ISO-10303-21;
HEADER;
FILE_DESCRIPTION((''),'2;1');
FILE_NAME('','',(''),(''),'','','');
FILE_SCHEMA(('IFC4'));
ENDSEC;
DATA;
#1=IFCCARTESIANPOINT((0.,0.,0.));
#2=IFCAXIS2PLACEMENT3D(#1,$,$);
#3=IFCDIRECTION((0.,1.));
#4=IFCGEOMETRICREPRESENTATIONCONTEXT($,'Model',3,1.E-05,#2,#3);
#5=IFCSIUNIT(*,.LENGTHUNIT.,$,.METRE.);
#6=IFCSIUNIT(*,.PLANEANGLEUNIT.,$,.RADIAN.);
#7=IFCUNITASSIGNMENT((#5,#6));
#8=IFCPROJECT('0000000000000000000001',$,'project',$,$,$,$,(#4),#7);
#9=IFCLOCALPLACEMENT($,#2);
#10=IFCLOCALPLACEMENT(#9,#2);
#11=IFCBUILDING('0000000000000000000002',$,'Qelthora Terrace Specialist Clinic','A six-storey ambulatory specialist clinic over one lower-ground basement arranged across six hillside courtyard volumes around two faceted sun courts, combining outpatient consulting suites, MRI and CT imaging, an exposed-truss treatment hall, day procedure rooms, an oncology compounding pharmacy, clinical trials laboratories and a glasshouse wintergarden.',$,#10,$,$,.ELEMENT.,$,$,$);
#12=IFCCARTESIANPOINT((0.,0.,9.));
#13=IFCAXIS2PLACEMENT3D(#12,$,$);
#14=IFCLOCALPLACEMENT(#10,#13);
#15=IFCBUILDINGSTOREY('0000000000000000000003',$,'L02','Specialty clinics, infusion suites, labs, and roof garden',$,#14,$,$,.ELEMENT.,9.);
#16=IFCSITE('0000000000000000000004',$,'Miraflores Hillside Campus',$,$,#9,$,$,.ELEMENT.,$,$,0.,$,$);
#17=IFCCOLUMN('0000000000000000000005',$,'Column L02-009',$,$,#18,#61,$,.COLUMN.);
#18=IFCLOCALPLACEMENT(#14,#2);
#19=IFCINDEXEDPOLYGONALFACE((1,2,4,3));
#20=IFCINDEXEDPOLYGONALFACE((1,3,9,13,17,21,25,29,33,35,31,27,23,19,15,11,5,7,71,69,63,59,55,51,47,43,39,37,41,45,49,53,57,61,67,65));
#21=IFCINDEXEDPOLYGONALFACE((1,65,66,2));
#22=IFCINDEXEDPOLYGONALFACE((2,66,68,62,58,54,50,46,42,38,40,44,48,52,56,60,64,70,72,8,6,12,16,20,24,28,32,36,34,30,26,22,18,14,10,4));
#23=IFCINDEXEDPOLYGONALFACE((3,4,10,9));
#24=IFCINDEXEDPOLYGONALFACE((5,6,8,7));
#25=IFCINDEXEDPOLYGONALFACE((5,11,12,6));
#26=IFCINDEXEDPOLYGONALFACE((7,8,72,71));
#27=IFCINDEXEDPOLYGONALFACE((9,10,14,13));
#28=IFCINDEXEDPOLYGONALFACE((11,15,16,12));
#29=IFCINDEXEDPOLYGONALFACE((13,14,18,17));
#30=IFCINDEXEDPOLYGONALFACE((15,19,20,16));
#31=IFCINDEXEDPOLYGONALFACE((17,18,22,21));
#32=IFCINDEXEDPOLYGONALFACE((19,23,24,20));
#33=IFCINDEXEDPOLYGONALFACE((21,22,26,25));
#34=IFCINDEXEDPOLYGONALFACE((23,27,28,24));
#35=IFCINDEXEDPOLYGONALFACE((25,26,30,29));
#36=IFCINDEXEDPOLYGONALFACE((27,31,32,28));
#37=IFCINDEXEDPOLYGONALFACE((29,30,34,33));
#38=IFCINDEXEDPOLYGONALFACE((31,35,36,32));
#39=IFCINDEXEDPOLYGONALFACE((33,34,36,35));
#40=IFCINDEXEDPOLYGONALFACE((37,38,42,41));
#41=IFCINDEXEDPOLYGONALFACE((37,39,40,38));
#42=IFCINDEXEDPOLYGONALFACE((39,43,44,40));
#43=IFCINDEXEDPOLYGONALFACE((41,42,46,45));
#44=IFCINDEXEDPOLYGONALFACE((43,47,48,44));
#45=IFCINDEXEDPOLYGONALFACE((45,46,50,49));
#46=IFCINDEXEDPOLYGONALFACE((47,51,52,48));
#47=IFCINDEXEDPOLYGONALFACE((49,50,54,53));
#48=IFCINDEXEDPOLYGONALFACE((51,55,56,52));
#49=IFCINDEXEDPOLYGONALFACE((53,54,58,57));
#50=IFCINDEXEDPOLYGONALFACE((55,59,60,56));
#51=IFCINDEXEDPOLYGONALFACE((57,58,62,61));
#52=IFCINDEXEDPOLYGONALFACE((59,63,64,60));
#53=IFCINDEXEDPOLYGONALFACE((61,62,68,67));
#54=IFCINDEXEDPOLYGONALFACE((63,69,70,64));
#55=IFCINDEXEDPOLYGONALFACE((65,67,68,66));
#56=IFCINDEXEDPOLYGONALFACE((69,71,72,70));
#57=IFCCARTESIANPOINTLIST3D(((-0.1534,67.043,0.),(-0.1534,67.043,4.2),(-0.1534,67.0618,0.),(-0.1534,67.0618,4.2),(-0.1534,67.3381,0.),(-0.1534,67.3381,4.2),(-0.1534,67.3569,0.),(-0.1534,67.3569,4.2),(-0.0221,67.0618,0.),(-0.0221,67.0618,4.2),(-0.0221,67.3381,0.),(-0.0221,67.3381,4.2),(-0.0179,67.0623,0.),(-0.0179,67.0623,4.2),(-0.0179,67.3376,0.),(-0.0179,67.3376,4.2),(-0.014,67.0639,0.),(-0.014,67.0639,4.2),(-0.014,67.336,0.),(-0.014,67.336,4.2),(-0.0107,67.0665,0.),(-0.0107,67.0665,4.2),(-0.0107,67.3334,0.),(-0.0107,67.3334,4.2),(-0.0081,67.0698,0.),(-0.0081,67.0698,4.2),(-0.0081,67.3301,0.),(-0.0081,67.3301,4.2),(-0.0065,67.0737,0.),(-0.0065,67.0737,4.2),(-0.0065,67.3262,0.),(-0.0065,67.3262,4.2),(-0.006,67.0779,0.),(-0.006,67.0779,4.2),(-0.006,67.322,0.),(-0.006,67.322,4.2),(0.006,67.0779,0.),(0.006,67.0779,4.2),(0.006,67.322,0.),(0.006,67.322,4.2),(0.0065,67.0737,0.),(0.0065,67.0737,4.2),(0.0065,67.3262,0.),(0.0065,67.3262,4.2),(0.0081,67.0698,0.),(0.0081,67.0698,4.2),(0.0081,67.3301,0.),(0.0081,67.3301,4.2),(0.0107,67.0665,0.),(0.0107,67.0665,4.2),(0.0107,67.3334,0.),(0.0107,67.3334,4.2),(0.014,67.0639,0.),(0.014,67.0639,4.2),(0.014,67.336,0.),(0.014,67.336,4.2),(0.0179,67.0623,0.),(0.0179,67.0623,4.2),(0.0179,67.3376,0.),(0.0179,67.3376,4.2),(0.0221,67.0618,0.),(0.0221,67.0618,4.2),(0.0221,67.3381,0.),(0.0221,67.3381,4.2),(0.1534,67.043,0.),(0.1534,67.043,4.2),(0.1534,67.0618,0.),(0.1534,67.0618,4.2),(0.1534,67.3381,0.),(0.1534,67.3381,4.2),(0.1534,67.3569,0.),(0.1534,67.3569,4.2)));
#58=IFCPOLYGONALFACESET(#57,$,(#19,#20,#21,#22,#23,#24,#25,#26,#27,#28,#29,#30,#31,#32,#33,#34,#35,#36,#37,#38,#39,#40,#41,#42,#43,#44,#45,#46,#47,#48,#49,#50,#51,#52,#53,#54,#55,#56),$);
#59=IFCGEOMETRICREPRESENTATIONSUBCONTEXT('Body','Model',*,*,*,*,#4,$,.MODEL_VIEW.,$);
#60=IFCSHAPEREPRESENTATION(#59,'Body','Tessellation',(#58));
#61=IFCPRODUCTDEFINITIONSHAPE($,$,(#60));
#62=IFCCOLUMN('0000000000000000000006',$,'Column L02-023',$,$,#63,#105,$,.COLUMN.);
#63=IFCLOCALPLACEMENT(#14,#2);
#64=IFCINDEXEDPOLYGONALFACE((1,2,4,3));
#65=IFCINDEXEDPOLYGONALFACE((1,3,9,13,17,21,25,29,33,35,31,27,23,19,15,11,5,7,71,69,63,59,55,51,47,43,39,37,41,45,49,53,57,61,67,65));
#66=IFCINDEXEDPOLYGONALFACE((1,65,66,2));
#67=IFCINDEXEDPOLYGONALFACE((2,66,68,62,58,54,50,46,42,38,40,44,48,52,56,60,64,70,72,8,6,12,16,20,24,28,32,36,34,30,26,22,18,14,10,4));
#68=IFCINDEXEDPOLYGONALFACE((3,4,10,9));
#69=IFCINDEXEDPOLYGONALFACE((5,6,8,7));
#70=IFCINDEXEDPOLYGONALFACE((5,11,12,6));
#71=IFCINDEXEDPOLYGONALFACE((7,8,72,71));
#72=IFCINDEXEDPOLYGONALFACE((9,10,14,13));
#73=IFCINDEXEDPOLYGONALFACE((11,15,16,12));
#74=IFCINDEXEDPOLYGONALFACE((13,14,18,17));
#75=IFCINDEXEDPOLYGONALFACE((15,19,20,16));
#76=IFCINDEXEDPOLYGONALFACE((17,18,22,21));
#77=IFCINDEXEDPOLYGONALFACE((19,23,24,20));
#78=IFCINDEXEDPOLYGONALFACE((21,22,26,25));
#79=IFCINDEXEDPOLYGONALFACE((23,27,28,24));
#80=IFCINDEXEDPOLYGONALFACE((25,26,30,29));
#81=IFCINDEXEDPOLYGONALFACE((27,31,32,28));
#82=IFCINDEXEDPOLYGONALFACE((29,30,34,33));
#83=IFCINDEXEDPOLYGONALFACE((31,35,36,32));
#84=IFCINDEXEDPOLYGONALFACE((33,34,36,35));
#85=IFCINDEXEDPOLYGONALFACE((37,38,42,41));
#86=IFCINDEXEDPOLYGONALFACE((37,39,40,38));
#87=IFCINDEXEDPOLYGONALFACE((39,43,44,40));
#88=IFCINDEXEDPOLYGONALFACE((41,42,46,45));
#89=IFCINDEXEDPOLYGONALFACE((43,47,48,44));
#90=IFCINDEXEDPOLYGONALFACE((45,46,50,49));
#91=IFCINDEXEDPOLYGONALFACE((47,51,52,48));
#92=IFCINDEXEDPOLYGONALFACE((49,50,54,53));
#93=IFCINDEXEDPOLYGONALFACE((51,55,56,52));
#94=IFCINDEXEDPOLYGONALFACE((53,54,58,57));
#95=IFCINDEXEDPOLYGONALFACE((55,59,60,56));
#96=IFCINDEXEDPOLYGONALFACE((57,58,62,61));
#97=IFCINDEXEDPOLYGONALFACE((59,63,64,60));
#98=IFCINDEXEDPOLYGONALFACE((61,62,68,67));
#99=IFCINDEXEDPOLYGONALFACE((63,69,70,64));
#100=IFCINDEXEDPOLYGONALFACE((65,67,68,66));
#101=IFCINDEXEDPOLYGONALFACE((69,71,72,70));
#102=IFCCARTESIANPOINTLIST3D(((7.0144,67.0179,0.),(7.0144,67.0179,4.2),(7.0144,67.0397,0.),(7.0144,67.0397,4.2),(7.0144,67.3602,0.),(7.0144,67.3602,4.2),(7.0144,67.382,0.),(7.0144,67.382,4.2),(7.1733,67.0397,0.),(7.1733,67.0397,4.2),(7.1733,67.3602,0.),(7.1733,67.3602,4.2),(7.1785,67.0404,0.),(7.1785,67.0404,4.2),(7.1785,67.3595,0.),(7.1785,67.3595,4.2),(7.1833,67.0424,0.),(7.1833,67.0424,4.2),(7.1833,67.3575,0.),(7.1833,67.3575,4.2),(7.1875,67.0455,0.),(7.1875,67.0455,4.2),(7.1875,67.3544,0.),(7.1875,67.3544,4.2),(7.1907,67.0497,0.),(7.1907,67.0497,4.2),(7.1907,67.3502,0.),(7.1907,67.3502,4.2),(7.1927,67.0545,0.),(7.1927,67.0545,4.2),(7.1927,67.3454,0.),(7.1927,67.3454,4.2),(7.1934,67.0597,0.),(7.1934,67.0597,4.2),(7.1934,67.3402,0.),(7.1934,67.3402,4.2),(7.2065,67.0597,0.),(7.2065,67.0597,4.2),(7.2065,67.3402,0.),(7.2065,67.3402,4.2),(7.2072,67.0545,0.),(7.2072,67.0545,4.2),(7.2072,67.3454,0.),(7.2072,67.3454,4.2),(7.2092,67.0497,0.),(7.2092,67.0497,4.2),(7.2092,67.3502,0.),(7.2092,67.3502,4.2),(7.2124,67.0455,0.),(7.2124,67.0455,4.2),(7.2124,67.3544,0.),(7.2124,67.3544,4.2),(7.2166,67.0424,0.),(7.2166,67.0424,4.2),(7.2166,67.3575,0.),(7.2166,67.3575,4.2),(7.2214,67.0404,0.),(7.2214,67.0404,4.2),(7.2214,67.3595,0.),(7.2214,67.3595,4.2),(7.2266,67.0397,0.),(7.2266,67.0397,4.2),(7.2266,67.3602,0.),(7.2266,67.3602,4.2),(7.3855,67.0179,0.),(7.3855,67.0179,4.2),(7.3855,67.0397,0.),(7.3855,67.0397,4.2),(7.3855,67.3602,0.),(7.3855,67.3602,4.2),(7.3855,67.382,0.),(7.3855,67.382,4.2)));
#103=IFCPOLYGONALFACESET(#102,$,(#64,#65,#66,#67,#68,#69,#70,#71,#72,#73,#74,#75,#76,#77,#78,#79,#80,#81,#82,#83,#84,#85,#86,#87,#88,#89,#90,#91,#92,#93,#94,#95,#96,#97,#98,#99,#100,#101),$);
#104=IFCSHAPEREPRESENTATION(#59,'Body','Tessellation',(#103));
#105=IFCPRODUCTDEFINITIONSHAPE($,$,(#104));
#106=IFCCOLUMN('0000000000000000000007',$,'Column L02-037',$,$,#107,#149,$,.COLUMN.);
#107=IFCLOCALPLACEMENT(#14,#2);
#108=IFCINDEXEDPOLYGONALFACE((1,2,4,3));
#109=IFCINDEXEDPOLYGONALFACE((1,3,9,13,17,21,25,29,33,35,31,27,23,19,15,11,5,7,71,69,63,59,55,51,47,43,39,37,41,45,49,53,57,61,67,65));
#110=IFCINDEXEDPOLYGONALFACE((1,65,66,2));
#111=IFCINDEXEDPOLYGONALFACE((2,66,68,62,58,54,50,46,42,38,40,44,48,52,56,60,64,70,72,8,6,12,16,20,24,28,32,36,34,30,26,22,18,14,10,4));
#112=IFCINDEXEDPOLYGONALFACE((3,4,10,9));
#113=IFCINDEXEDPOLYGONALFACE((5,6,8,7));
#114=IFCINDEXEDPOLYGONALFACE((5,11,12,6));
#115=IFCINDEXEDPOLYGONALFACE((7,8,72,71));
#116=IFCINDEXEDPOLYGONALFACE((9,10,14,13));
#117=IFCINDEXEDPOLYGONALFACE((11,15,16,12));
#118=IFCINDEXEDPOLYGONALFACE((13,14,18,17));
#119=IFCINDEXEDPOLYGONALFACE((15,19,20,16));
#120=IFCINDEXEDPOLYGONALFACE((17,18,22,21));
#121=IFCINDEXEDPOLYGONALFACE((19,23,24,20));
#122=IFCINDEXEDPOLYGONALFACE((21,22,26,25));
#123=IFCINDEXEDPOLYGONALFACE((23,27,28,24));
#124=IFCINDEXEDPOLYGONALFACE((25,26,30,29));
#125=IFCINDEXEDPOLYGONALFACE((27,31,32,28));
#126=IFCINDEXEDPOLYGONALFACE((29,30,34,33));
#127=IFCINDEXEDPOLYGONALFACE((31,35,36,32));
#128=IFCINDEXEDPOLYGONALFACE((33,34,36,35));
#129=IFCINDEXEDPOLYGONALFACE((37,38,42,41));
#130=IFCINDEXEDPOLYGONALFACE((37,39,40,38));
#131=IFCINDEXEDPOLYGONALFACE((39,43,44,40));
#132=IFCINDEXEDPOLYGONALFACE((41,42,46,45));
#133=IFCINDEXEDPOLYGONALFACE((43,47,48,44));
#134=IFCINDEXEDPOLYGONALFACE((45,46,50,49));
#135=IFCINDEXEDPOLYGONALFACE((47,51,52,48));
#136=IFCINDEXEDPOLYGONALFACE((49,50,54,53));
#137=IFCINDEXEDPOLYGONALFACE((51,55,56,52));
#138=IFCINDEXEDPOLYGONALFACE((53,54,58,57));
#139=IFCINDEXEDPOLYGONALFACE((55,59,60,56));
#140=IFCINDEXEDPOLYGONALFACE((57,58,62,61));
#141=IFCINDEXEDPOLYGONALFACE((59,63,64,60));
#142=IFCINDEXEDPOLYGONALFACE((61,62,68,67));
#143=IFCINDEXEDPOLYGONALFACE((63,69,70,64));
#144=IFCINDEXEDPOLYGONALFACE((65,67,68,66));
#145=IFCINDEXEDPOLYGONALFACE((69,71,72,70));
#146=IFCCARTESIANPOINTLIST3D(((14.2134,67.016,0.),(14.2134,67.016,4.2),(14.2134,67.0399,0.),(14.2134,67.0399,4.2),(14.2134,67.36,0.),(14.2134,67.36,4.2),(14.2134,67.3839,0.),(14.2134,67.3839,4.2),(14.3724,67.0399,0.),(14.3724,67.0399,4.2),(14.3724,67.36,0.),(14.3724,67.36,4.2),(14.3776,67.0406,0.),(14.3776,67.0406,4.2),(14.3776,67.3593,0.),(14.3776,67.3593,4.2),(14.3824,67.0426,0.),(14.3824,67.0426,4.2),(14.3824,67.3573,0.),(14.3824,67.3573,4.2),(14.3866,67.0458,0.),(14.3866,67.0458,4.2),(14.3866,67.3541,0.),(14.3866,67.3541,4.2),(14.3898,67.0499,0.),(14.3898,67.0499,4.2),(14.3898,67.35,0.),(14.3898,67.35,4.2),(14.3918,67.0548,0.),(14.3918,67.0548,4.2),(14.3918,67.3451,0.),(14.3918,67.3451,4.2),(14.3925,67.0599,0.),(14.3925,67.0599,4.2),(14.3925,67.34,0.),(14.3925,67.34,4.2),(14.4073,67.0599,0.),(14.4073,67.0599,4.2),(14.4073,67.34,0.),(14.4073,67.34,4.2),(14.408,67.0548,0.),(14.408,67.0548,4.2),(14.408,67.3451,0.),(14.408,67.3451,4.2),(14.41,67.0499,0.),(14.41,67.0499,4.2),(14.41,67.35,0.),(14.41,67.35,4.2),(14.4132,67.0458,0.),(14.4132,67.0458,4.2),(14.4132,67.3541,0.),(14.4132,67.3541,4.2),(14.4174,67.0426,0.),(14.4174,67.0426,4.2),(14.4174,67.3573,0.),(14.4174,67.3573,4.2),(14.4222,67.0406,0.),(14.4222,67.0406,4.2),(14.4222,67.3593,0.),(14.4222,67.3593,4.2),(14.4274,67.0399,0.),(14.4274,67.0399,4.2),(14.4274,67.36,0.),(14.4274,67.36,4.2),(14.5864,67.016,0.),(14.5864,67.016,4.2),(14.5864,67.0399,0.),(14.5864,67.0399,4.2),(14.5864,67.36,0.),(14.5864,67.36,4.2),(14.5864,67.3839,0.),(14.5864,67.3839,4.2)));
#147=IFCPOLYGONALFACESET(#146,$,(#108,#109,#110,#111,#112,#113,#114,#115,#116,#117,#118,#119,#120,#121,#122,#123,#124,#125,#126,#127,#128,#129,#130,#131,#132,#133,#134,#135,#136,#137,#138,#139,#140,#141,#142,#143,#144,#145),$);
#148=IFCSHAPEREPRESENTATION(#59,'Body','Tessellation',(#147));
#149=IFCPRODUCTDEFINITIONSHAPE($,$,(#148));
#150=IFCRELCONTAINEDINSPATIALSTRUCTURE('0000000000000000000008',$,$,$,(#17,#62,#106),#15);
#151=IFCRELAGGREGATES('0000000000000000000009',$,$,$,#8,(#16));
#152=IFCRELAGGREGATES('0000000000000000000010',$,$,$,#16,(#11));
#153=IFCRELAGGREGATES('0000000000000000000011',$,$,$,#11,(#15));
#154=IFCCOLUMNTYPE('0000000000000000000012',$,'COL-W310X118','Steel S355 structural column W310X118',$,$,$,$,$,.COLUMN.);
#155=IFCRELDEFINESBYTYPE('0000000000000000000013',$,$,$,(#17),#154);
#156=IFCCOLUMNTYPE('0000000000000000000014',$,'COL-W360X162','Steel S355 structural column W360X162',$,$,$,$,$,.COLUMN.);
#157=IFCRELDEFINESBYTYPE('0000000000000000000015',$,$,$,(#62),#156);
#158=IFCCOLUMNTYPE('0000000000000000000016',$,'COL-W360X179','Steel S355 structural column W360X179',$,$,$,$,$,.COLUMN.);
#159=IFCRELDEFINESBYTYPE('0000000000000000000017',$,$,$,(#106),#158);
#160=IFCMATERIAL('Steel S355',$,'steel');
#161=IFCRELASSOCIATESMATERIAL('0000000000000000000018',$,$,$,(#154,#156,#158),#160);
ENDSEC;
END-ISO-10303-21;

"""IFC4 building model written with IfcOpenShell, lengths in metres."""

from ifc_helpers import new_model, si_unit, direction, frame, origin, origin_2d, place, context, subcontext, project, spatial, i_section, extrude, material, material_profile, profile_set, type_object, element, save


model = new_model("IFC4")

# Units and contexts
model_context = context("Model", 3, precision=1e-05, world=origin(), true_north=direction((0.0, 1.0)))
body_context = subcontext(model_context, "Body", "Model", "MODEL_VIEW")
ifc_project = project(units=[si_unit("LENGTHUNIT", "METRE"), si_unit("PLANEANGLEUNIT", "RADIAN")], contexts=[model_context])

# Site, building, storey
site_placement = place(None, origin())
site = spatial("IfcSite", under=ifc_project, at=site_placement, Name="Miraflores Hillside Campus", CompositionType="ELEMENT", RefElevation=0.0)
building_placement = place(site_placement, origin())
building = spatial("IfcBuilding", under=site, at=building_placement, Name="Qelthora Terrace Specialist Clinic", Description="A six-storey ambulatory specialist clinic over one lower-ground basement arranged across six hillside courtyard volumes around two faceted sun courts, combining outpatient consulting suites, MRI and CT imaging, an exposed-truss treatment hall, day procedure rooms, an oncology compounding pharmacy, clinical trials laboratories and a glasshouse wintergarden.", CompositionType="ELEMENT")
storey_placement = place(building_placement, frame((0.0, 0.0, 9.0)))
storey = spatial("IfcBuildingStorey", under=building, at=storey_placement, Name="L02", Description="Specialty clinics, infusion suites, labs, and roof garden", CompositionType="ELEMENT", Elevation=9.0)

# Columns
ifc_material_1 = material(Name="Steel S355", Category="steel")
ifc_material_profile_1 = material_profile(ifc_material_1, i_section(OverallWidth=0.3069, OverallDepth=0.314, WebThickness=0.012, FlangeThickness=0.0188, FilletRadius=0.0161, at=origin_2d()), Name="W310X118")
ifc_profile_set_1 = profile_set([ifc_material_profile_1], Name="Steel S355")
column_type_1 = type_object("IfcColumnType", Name="COL-W310X118", Description="Steel S355 structural column W310X118", PredefinedType="COLUMN", material=ifc_profile_set_1)
column_1_placement = place(storey_placement, frame((0.0, 67.2, 0.0), z_axis=(0.0, 0.0, 1.0), x_axis=(1.0, 0.0, 0.0)))
element("IfcColumn", 1, at=column_1_placement, inside=storey, type_object=column_type_1, Name="Column L02-009", PredefinedType="COLUMN", context=body_context, shape_type="SweptSolid", body=[
    extrude(i_section(OverallWidth=0.3069, OverallDepth=0.314, WebThickness=0.012, FlangeThickness=0.0188, FilletRadius=0.0161, at=origin_2d()), origin(), (0.0, 0.0, 1.0), 4.2),
])
ifc_material_profile_2 = material_profile(ifc_material_1, i_section(OverallWidth=0.3711, OverallDepth=0.364, WebThickness=0.0132, FlangeThickness=0.0217, FilletRadius=0.02, at=origin_2d()), Name="W360X162")
ifc_profile_set_2 = profile_set([ifc_material_profile_2], Name="Steel S355")
column_type_2 = type_object("IfcColumnType", Name="COL-W360X162", Description="Steel S355 structural column W360X162", PredefinedType="COLUMN", material=ifc_profile_set_2)
column_2_placement = place(storey_placement, frame((7.2, 67.2, 0.0), z_axis=(0.0, 0.0, 1.0), x_axis=(1.0, 0.0, 0.0)))
element("IfcColumn", 2, at=column_2_placement, inside=storey, type_object=column_type_2, Name="Column L02-023", PredefinedType="COLUMN", context=body_context, shape_type="SweptSolid", body=[
    extrude(i_section(OverallWidth=0.3711, OverallDepth=0.364, WebThickness=0.0132, FlangeThickness=0.0217, FilletRadius=0.02, at=origin_2d()), origin(), (0.0, 0.0, 1.0), 4.2),
])
ifc_material_profile_3 = material_profile(ifc_material_1, i_section(OverallWidth=0.373, OverallDepth=0.3679, WebThickness=0.0149, FlangeThickness=0.0239, FilletRadius=0.02, at=origin_2d()), Name="W360X179")
ifc_profile_set_3 = profile_set([ifc_material_profile_3], Name="Steel S355")
column_type_3 = type_object("IfcColumnType", Name="COL-W360X179", Description="Steel S355 structural column W360X179", PredefinedType="COLUMN", material=ifc_profile_set_3)
column_3_placement = place(storey_placement, frame((14.3999, 67.2, 0.0), z_axis=(0.0, 0.0, 1.0), x_axis=(1.0, 0.0, 0.0)))
element("IfcColumn", 3, at=column_3_placement, inside=storey, type_object=column_type_3, Name="Column L02-037", PredefinedType="COLUMN", context=body_context, shape_type="SweptSolid", body=[
    extrude(i_section(OverallWidth=0.373, OverallDepth=0.3679, WebThickness=0.0149, FlangeThickness=0.0239, FilletRadius=0.02, at=origin_2d()), origin(), (0.0, 0.0, 1.0), 4.2),
])

save(model, "model.ifc")
